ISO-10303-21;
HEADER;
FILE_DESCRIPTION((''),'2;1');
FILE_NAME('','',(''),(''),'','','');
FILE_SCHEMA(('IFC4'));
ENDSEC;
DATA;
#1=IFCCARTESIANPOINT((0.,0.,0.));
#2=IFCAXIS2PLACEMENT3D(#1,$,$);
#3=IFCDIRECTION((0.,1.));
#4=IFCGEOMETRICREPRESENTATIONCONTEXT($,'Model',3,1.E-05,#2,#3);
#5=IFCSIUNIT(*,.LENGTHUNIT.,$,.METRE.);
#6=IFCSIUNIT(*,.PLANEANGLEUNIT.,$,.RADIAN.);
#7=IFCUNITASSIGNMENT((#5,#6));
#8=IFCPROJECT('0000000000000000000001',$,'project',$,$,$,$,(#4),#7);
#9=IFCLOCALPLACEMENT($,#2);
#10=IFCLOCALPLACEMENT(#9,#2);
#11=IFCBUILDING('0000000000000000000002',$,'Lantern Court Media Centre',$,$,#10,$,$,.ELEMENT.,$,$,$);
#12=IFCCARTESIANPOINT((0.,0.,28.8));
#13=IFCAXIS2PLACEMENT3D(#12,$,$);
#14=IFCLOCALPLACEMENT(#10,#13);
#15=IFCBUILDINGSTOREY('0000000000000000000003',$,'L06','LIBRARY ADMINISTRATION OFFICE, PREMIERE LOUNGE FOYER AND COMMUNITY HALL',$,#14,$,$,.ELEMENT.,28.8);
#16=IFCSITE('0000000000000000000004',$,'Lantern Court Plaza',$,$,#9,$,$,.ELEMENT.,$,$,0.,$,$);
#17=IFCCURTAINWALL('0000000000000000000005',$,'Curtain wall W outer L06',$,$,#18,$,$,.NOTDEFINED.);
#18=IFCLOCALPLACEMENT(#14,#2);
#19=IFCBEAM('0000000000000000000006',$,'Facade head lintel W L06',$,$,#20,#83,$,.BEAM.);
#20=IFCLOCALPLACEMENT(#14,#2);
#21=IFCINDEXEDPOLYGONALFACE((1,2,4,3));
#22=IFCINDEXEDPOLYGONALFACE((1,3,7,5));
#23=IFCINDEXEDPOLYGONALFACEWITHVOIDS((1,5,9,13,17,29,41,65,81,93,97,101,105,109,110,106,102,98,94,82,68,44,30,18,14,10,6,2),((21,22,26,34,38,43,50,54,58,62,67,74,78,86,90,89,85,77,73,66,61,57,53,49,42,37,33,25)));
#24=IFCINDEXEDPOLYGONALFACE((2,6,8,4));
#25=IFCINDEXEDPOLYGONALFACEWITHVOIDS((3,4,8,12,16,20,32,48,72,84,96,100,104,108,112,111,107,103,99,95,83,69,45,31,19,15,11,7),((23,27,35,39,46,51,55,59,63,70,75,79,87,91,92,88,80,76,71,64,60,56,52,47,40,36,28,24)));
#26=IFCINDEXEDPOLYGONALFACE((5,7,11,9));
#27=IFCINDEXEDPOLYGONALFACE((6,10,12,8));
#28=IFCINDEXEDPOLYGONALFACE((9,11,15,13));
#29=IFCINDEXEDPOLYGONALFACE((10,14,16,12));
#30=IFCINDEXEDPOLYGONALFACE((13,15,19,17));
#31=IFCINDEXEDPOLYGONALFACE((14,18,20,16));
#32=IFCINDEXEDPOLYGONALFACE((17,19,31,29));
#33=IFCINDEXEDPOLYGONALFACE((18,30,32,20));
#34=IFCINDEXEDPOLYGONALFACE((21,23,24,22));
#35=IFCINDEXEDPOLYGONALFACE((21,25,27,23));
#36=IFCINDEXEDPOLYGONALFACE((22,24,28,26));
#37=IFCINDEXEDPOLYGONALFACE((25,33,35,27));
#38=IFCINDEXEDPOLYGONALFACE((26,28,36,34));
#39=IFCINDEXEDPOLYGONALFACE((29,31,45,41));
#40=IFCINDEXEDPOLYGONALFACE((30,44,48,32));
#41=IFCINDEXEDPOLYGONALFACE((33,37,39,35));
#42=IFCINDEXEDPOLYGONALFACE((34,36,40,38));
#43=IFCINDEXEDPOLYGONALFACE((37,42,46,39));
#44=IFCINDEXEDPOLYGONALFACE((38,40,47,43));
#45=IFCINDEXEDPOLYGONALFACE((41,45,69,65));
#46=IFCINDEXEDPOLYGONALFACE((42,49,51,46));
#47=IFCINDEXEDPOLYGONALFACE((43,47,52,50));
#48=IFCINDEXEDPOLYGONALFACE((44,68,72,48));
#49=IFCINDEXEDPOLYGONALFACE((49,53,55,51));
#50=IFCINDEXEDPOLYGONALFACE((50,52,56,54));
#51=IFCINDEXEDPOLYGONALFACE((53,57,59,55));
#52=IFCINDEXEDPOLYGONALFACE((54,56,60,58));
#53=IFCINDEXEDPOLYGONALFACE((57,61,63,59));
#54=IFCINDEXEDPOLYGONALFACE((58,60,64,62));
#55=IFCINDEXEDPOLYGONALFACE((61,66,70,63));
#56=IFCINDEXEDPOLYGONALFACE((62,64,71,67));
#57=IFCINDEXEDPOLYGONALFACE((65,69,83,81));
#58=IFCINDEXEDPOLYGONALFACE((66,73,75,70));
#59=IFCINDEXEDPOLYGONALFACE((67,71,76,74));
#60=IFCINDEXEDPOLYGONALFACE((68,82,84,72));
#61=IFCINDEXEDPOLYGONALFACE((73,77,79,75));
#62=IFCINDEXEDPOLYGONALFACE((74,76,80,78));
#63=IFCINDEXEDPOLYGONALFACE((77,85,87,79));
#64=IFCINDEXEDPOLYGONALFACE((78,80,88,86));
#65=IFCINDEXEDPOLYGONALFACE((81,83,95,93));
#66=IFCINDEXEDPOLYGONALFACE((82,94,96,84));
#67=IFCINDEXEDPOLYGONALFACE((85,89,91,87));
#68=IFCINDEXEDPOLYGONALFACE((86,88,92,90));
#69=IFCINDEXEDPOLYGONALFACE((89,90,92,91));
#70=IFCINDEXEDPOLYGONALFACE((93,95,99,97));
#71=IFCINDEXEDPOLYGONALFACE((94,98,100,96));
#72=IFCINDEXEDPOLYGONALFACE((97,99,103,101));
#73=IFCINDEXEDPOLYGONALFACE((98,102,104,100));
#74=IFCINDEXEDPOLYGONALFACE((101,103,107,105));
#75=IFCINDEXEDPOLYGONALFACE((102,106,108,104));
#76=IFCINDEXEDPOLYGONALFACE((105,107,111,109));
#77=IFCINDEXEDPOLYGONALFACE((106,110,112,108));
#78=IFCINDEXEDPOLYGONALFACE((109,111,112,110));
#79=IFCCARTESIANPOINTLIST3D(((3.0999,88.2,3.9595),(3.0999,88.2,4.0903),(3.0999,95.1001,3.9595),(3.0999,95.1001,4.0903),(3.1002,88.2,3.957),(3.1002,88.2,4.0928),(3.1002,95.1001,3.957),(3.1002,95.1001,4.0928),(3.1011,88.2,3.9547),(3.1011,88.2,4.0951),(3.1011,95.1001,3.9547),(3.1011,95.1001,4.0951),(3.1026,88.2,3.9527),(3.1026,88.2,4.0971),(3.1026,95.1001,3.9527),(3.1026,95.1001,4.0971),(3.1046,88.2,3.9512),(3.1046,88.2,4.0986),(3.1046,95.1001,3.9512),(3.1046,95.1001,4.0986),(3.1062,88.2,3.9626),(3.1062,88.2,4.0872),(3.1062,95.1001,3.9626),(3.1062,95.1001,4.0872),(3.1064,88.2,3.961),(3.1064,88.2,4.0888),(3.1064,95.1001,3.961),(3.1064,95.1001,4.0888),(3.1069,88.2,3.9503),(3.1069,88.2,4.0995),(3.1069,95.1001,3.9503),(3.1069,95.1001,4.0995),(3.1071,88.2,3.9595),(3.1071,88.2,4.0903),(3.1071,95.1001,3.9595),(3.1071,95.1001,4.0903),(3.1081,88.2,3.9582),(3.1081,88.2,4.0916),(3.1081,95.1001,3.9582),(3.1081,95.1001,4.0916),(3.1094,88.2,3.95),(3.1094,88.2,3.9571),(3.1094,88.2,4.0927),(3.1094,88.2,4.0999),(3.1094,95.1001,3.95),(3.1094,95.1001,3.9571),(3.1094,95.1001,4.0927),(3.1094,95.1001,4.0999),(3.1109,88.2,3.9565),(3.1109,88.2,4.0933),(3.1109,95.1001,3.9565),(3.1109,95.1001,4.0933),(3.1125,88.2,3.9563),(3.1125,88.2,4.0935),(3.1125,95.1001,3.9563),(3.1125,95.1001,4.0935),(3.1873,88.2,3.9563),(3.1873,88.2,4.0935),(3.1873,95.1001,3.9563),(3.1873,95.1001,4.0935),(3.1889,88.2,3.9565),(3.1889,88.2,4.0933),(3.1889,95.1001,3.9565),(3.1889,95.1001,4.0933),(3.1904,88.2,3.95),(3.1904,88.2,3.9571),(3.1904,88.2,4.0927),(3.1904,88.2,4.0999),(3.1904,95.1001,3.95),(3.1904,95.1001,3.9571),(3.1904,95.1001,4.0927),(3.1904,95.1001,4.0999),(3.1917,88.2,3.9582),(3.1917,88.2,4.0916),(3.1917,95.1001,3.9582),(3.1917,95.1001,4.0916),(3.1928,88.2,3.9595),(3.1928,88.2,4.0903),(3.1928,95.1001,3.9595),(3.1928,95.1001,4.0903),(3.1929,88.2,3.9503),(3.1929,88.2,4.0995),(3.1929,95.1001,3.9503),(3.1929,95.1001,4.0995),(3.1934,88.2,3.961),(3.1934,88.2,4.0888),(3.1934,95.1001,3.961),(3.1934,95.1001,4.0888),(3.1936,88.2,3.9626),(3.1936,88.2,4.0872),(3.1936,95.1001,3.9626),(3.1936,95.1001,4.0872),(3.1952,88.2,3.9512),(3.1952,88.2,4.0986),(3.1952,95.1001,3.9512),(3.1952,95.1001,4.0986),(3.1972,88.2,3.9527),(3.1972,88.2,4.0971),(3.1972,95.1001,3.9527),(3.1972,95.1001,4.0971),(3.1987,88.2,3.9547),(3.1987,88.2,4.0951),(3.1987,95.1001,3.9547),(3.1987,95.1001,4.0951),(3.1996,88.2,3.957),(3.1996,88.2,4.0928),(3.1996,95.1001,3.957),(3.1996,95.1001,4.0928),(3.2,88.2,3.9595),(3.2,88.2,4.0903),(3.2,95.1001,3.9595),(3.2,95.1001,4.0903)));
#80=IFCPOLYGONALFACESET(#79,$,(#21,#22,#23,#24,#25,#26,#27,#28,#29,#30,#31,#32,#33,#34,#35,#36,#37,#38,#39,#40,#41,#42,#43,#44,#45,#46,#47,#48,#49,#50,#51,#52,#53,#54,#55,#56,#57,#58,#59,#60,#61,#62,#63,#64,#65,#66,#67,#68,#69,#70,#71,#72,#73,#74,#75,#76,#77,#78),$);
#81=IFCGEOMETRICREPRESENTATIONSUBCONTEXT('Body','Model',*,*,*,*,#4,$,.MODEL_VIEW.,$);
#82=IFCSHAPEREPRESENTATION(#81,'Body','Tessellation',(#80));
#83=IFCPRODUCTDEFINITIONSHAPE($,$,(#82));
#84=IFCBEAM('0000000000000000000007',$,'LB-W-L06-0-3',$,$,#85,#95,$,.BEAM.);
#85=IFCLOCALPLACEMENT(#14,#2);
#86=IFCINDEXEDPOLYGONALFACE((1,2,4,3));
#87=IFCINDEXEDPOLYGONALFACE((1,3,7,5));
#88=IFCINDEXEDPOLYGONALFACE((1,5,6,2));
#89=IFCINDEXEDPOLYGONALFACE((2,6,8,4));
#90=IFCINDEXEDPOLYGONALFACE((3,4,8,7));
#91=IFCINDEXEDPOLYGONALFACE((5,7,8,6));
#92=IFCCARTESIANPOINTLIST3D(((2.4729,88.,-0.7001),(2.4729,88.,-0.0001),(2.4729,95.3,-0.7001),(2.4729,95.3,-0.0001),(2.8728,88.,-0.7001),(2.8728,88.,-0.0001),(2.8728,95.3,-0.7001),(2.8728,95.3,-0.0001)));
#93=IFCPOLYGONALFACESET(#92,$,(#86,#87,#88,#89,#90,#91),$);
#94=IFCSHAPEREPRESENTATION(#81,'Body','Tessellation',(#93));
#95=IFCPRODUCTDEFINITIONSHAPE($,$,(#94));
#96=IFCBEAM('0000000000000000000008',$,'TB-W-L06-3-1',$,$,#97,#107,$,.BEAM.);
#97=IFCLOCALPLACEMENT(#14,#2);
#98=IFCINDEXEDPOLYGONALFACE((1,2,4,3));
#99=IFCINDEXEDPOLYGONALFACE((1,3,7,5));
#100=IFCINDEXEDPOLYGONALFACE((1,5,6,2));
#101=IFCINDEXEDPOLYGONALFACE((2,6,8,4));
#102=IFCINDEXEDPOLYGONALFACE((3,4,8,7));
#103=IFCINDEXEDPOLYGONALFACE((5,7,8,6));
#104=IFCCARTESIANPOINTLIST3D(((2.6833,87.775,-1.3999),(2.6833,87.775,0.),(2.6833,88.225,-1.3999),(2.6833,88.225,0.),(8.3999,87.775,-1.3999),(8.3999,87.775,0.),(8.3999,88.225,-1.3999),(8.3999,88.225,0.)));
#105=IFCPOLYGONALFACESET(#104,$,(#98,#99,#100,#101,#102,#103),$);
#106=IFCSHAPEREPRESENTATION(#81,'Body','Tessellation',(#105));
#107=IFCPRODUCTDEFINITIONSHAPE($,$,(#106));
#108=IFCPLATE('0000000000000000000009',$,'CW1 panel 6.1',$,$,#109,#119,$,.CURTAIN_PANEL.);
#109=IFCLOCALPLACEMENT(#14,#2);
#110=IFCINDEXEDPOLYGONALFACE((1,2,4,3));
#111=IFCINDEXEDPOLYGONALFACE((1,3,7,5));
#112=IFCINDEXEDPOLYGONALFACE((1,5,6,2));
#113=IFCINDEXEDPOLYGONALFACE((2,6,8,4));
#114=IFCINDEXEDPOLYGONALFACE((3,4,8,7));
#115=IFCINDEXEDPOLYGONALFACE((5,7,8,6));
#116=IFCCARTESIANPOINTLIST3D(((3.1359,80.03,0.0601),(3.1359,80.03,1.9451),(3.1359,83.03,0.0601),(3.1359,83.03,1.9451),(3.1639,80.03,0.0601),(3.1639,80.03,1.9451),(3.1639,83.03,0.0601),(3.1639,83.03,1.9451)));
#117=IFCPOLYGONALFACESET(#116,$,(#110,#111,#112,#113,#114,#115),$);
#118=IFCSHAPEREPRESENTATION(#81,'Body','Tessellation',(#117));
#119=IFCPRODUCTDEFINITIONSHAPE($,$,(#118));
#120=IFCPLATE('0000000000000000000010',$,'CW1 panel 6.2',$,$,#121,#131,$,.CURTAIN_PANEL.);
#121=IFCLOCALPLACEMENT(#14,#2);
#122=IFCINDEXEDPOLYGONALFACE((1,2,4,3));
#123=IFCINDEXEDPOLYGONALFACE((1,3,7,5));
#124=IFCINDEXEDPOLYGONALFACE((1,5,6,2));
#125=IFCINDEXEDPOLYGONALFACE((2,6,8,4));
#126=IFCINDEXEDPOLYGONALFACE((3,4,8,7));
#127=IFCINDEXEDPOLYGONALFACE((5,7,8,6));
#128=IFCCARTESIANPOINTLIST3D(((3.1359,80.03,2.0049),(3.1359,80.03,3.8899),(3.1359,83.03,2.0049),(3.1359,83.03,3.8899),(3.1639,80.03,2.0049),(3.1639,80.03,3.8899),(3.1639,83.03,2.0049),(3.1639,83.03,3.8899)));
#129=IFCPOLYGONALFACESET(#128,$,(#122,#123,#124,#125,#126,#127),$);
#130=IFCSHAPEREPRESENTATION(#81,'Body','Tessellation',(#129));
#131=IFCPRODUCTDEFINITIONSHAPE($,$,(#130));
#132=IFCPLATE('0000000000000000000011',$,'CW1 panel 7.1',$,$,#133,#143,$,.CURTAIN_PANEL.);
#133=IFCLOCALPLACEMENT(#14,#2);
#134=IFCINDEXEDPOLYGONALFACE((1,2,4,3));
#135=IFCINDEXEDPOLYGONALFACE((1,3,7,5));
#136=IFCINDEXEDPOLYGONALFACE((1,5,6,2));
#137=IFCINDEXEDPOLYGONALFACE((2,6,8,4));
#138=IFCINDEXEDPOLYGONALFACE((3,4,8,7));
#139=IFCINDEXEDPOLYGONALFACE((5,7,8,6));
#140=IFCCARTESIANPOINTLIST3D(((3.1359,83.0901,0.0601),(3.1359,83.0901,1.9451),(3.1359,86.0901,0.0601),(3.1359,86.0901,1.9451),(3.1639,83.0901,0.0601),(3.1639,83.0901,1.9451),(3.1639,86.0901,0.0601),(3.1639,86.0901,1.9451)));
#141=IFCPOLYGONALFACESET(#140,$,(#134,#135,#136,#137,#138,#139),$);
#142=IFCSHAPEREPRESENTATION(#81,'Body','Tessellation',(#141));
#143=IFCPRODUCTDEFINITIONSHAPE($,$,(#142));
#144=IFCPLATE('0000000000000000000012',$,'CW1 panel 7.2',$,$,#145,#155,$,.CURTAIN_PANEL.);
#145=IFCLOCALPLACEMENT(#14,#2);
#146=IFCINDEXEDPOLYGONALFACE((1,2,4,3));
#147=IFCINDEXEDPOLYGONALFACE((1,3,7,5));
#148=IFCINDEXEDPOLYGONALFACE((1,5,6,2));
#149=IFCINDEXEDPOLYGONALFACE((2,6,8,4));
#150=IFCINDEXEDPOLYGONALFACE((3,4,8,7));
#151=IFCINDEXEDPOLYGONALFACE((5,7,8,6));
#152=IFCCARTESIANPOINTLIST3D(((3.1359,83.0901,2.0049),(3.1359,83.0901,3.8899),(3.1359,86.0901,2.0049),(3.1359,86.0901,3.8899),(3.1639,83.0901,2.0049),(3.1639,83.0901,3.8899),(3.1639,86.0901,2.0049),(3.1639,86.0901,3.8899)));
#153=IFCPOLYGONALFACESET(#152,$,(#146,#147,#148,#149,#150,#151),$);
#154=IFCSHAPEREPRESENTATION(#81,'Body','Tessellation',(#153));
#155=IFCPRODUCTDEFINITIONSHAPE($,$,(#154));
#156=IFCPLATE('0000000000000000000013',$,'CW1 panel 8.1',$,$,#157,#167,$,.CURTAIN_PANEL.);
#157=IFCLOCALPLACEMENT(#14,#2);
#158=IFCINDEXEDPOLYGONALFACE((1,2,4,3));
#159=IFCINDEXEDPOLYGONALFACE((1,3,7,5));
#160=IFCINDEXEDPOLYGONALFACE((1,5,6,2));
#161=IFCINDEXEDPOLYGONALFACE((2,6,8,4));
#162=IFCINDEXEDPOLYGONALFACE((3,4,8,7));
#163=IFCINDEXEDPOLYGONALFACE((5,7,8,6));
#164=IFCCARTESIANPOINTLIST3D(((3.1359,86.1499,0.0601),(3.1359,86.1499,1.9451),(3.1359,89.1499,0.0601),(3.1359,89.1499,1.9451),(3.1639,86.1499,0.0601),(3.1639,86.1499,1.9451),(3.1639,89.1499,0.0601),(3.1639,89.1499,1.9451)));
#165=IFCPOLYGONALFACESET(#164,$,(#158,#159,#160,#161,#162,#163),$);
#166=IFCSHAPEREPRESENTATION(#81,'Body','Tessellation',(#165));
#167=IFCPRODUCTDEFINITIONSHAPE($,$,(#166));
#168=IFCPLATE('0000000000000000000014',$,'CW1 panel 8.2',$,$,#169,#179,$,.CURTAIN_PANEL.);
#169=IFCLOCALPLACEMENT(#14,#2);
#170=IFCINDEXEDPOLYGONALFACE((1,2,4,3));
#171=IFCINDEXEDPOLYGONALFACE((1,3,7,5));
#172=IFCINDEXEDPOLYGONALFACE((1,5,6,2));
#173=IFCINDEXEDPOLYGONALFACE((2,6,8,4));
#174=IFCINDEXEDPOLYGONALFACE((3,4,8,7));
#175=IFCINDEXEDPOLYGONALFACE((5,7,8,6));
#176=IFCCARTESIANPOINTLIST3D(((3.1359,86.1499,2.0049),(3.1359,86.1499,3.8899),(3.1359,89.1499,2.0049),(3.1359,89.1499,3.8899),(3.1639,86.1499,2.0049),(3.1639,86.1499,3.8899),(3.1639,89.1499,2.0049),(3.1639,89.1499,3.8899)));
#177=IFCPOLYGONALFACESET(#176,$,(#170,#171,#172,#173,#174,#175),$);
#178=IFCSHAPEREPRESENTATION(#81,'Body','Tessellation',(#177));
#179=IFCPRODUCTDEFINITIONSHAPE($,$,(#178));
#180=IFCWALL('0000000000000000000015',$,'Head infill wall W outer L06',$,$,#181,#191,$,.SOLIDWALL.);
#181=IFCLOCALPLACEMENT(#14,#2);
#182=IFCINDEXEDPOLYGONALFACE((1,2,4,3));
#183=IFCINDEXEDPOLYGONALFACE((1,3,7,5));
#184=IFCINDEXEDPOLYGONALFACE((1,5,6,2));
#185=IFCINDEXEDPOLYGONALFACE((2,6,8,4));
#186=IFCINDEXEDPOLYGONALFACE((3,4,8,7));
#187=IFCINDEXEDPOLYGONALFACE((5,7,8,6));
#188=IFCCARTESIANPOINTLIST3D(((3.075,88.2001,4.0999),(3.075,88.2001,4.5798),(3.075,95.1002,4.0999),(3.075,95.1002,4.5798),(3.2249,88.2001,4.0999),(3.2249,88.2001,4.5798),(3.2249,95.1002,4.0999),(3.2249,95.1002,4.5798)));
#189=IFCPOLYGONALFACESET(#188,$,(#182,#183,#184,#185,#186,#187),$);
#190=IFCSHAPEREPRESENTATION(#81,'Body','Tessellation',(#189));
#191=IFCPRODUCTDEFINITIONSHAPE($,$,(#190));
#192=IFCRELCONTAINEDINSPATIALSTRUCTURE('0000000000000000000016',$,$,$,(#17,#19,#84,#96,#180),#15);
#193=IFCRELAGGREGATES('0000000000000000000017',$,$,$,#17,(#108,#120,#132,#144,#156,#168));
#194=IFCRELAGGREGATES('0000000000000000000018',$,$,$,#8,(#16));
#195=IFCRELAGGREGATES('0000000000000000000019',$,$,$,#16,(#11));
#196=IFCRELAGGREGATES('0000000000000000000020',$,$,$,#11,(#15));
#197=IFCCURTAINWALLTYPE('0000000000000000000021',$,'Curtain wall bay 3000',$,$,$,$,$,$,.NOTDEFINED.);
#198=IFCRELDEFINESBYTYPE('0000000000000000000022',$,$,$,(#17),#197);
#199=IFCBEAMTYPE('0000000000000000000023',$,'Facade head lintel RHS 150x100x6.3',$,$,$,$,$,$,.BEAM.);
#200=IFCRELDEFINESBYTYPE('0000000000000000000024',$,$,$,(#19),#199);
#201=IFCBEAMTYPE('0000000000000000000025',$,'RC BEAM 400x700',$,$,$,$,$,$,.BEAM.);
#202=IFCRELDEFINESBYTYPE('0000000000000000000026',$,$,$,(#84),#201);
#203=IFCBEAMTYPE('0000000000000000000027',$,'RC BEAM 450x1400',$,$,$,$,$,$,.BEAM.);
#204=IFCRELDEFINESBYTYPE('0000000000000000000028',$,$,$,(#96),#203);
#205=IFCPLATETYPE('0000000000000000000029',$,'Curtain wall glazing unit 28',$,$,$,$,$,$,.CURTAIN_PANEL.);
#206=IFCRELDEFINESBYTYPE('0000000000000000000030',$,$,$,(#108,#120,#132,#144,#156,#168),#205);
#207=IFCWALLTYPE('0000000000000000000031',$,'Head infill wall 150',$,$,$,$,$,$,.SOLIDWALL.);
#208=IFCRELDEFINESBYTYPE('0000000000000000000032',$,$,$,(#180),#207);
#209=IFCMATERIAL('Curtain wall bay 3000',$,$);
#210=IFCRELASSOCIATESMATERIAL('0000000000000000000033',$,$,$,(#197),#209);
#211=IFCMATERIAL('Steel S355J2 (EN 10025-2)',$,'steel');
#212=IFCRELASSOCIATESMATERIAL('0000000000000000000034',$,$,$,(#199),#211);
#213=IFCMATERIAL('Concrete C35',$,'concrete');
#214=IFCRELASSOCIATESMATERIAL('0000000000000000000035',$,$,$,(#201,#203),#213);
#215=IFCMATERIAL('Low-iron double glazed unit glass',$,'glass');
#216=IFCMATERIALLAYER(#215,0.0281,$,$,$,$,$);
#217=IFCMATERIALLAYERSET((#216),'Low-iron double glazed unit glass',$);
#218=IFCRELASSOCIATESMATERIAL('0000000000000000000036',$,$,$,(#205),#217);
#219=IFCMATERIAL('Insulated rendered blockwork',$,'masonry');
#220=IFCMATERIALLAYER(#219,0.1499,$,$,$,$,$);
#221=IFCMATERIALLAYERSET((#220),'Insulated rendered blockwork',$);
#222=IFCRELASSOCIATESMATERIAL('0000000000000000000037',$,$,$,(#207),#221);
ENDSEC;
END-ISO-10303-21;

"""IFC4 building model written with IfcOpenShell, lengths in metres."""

from ifc_helpers import new_model, si_unit, direction, frame, frame_2d, origin, origin_2d, place, context, subcontext, project, spatial, rectangle, hollow_rectangle, extrude, material, layer, layer_set, material_profile, profile_set, type_object, element, aggregate, save


model = new_model("IFC4")

# Units and contexts
model_context = context("Model", 3, precision=1e-05, world=origin(), true_north=direction((0.0, 1.0)))
body_context = subcontext(model_context, "Body", "Model", "MODEL_VIEW")
ifc_project = project(units=[si_unit("LENGTHUNIT", "METRE"), si_unit("PLANEANGLEUNIT", "RADIAN")], contexts=[model_context])

# Site, building, storey
site_placement = place(None, origin())
site = spatial("IfcSite", under=ifc_project, at=site_placement, Name="Lantern Court Plaza", CompositionType="ELEMENT", RefElevation=0.0)
building_placement = place(site_placement, origin())
building = spatial("IfcBuilding", under=site, at=building_placement, Name="Lantern Court Media Centre", CompositionType="ELEMENT")
storey_placement = place(building_placement, frame((0.0, 0.0, 28.8)))
storey = spatial("IfcBuildingStorey", under=building, at=storey_placement, Name="L06", Description="LIBRARY ADMINISTRATION OFFICE, PREMIERE LOUNGE FOYER AND COMMUNITY HALL", CompositionType="ELEMENT", Elevation=28.8)

# Shared definitions
ifc_material_1 = material(Name="Concrete C35", Category="concrete")

# Curtain wall
ifc_material_2 = material(Name="Curtain wall bay 3000")
curtain_wall_type = type_object("IfcCurtainWallType", Name="Curtain wall bay 3000", PredefinedType="NOTDEFINED", material=ifc_material_2)
curtain_wall_placement = place(storey_placement, origin())
curtain_wall = element("IfcCurtainWall", 1, at=curtain_wall_placement, inside=storey, type_object=curtain_wall_type, Name="Curtain wall W outer L06", PredefinedType="NOTDEFINED")

# Beams
ifc_material_3 = material(Name="Steel S355J2 (EN 10025-2)", Category="steel")
ifc_material_profile_1 = material_profile(ifc_material_3, hollow_rectangle(XDim=0.1001, YDim=0.1499, WallThickness=0.0063, InnerFilletRadius=0.0063, OuterFilletRadius=0.0095, at=origin_2d()), Name="Facade head lintel RHS 150x100x6.3")
ifc_profile_set_1 = profile_set([ifc_material_profile_1], Name="Steel S355J2 (EN 10025-2)")
beam_type_1 = type_object("IfcBeamType", Name="Facade head lintel RHS 150x100x6.3", PredefinedType="BEAM", material=ifc_profile_set_1)
beam_1_placement = place(storey_placement, frame((3.1499, 88.2, 4.0249), z_axis=(0.0, 1.0, 0.0), x_axis=(-1.0, 0.0, 0.0)))
element("IfcBeam", 2, at=beam_1_placement, inside=storey, type_object=beam_type_1, Name="Facade head lintel W L06", PredefinedType="BEAM", context=body_context, shape_type="SweptSolid", body=[
    extrude(hollow_rectangle(XDim=0.1001, YDim=0.1499, WallThickness=0.0063, InnerFilletRadius=0.0063, OuterFilletRadius=0.0095, at=origin_2d()), origin(), (0.0, 0.0, 1.0), 6.9001),
])
ifc_material_profile_2 = material_profile(ifc_material_1, rectangle(XDim=0.3999, YDim=0.7, at=origin_2d()), Name="RC 400x700")
ifc_profile_set_2 = profile_set([ifc_material_profile_2], Name="Concrete C35")
beam_type_2 = type_object("IfcBeamType", Name="RC BEAM 400x700", PredefinedType="BEAM", material=ifc_profile_set_2)
beam_2_placement = place(storey_placement, frame((2.6729, 88.0, -0.3501), z_axis=(0.0, 1.0, 0.0), x_axis=(-1.0, 0.0, 0.0)))
element("IfcBeam", 3, at=beam_2_placement, inside=storey, type_object=beam_type_2, Name="LB-W-L06-0-3", PredefinedType="BEAM", context=body_context, shape_type="SweptSolid", body=[
    extrude(rectangle(XDim=0.3999, YDim=0.7, at=origin_2d()), origin(), (0.0, 0.0, 1.0), 7.3),
])
ifc_material_profile_3 = material_profile(ifc_material_1, rectangle(XDim=0.45, YDim=1.3999, at=origin_2d()), Name="RC 450x1400")
ifc_profile_set_3 = profile_set([ifc_material_profile_3], Name="Concrete C35")
beam_type_3 = type_object("IfcBeamType", Name="RC BEAM 450x1400", PredefinedType="BEAM", material=ifc_profile_set_3)
beam_3_placement = place(storey_placement, frame((2.6833, 88.0, -0.7), z_axis=(1.0, 0.0, 0.0), x_axis=(0.0, 1.0, 0.0)))
element("IfcBeam", 4, at=beam_3_placement, inside=storey, type_object=beam_type_3, Name="TB-W-L06-3-1", PredefinedType="BEAM", context=body_context, shape_type="SweptSolid", body=[
    extrude(rectangle(XDim=0.45, YDim=1.3999, at=origin_2d()), origin(), (0.0, 0.0, 1.0), 5.7166),
])

# Plates
ifc_material_4 = material(Name="Low-iron double glazed unit glass", Category="glass")
ifc_layer_1 = layer(ifc_material_4, 0.0281)
ifc_layer_set_1 = layer_set([ifc_layer_1], Name="Low-iron double glazed unit glass")
plate_type = type_object("IfcPlateType", Name="Curtain wall glazing unit 28", PredefinedType="CURTAIN_PANEL", material=ifc_layer_set_1)
plate_1_placement = place(storey_placement, frame((3.1499, 81.53, 0.0601), z_axis=(0.0, 0.0, 1.0), x_axis=(0.0, 1.0, 0.0)))
plate_1 = element("IfcPlate", 5, at=plate_1_placement, type_object=plate_type, Name="CW1 panel 6.1", PredefinedType="CURTAIN_PANEL", context=body_context, shape_type="SweptSolid", body=[
    extrude(rectangle(XDim=3.0, YDim=0.0281, at=origin_2d()), origin(), (0.0, 0.0, 1.0), 1.885),
])
plate_2_placement = place(storey_placement, frame((3.1499, 81.53, 2.0049), z_axis=(0.0, 0.0, 1.0), x_axis=(0.0, 1.0, 0.0)))
plate_2 = element("IfcPlate", 6, at=plate_2_placement, type_object=plate_type, Name="CW1 panel 6.2", PredefinedType="CURTAIN_PANEL", context=body_context, shape_type="SweptSolid", body=[
    extrude(rectangle(XDim=3.0, YDim=0.0281, at=origin_2d()), origin(), (0.0, 0.0, 1.0), 1.885),
])
plate_3_placement = place(storey_placement, frame((3.1499, 84.5901, 0.0601), z_axis=(0.0, 0.0, 1.0), x_axis=(0.0, 1.0, 0.0)))
plate_3 = element("IfcPlate", 7, at=plate_3_placement, type_object=plate_type, Name="CW1 panel 7.1", PredefinedType="CURTAIN_PANEL", context=body_context, shape_type="SweptSolid", body=[
    extrude(rectangle(XDim=3.0, YDim=0.0281, at=origin_2d()), origin(), (0.0, 0.0, 1.0), 1.885),
])
plate_4_placement = place(storey_placement, frame((3.1499, 84.5901, 2.0049), z_axis=(0.0, 0.0, 1.0), x_axis=(0.0, 1.0, 0.0)))
plate_4 = element("IfcPlate", 8, at=plate_4_placement, type_object=plate_type, Name="CW1 panel 7.2", PredefinedType="CURTAIN_PANEL", context=body_context, shape_type="SweptSolid", body=[
    extrude(rectangle(XDim=3.0, YDim=0.0281, at=origin_2d()), origin(), (0.0, 0.0, 1.0), 1.885),
])
plate_5_placement = place(storey_placement, frame((3.1499, 87.6499, 0.0601), z_axis=(0.0, 0.0, 1.0), x_axis=(0.0, 1.0, 0.0)))
plate_5 = element("IfcPlate", 9, at=plate_5_placement, type_object=plate_type, Name="CW1 panel 8.1", PredefinedType="CURTAIN_PANEL", context=body_context, shape_type="SweptSolid", body=[
    extrude(rectangle(XDim=3.0, YDim=0.0281, at=origin_2d()), origin(), (0.0, 0.0, 1.0), 1.885),
])
plate_6_placement = place(storey_placement, frame((3.1499, 87.6499, 2.0049), z_axis=(0.0, 0.0, 1.0), x_axis=(0.0, 1.0, 0.0)))
plate_6 = element("IfcPlate", 10, at=plate_6_placement, type_object=plate_type, Name="CW1 panel 8.2", PredefinedType="CURTAIN_PANEL", context=body_context, shape_type="SweptSolid", body=[
    extrude(rectangle(XDim=3.0, YDim=0.0281, at=origin_2d()), origin(), (0.0, 0.0, 1.0), 1.885),
])
aggregate(curtain_wall, [plate_1, plate_2, plate_3, plate_4, plate_5, plate_6])

# Wall
ifc_material_5 = material(Name="Insulated rendered blockwork", Category="masonry")
ifc_layer_2 = layer(ifc_material_5, 0.1499)
ifc_layer_set_2 = layer_set([ifc_layer_2], Name="Insulated rendered blockwork")
wall_type = type_object("IfcWallType", Name="Head infill wall 150", PredefinedType="SOLIDWALL", material=ifc_layer_set_2)
wall_placement = place(storey_placement, frame((3.1499, 88.2, 4.0999), z_axis=(0.0, 0.0, 1.0), x_axis=(0.0, 1.0, 0.0)))
element("IfcWall", 11, at=wall_placement, inside=storey, type_object=wall_type, Name="Head infill wall W outer L06", PredefinedType="SOLIDWALL", context=body_context, shape_type="SweptSolid", body=[
    extrude(rectangle(XDim=6.9001, YDim=0.1499, at=frame_2d((3.4502, 0.0))), origin(), (0.0, 0.0, 1.0), 0.48),
])

save(model, "model.ifc")
